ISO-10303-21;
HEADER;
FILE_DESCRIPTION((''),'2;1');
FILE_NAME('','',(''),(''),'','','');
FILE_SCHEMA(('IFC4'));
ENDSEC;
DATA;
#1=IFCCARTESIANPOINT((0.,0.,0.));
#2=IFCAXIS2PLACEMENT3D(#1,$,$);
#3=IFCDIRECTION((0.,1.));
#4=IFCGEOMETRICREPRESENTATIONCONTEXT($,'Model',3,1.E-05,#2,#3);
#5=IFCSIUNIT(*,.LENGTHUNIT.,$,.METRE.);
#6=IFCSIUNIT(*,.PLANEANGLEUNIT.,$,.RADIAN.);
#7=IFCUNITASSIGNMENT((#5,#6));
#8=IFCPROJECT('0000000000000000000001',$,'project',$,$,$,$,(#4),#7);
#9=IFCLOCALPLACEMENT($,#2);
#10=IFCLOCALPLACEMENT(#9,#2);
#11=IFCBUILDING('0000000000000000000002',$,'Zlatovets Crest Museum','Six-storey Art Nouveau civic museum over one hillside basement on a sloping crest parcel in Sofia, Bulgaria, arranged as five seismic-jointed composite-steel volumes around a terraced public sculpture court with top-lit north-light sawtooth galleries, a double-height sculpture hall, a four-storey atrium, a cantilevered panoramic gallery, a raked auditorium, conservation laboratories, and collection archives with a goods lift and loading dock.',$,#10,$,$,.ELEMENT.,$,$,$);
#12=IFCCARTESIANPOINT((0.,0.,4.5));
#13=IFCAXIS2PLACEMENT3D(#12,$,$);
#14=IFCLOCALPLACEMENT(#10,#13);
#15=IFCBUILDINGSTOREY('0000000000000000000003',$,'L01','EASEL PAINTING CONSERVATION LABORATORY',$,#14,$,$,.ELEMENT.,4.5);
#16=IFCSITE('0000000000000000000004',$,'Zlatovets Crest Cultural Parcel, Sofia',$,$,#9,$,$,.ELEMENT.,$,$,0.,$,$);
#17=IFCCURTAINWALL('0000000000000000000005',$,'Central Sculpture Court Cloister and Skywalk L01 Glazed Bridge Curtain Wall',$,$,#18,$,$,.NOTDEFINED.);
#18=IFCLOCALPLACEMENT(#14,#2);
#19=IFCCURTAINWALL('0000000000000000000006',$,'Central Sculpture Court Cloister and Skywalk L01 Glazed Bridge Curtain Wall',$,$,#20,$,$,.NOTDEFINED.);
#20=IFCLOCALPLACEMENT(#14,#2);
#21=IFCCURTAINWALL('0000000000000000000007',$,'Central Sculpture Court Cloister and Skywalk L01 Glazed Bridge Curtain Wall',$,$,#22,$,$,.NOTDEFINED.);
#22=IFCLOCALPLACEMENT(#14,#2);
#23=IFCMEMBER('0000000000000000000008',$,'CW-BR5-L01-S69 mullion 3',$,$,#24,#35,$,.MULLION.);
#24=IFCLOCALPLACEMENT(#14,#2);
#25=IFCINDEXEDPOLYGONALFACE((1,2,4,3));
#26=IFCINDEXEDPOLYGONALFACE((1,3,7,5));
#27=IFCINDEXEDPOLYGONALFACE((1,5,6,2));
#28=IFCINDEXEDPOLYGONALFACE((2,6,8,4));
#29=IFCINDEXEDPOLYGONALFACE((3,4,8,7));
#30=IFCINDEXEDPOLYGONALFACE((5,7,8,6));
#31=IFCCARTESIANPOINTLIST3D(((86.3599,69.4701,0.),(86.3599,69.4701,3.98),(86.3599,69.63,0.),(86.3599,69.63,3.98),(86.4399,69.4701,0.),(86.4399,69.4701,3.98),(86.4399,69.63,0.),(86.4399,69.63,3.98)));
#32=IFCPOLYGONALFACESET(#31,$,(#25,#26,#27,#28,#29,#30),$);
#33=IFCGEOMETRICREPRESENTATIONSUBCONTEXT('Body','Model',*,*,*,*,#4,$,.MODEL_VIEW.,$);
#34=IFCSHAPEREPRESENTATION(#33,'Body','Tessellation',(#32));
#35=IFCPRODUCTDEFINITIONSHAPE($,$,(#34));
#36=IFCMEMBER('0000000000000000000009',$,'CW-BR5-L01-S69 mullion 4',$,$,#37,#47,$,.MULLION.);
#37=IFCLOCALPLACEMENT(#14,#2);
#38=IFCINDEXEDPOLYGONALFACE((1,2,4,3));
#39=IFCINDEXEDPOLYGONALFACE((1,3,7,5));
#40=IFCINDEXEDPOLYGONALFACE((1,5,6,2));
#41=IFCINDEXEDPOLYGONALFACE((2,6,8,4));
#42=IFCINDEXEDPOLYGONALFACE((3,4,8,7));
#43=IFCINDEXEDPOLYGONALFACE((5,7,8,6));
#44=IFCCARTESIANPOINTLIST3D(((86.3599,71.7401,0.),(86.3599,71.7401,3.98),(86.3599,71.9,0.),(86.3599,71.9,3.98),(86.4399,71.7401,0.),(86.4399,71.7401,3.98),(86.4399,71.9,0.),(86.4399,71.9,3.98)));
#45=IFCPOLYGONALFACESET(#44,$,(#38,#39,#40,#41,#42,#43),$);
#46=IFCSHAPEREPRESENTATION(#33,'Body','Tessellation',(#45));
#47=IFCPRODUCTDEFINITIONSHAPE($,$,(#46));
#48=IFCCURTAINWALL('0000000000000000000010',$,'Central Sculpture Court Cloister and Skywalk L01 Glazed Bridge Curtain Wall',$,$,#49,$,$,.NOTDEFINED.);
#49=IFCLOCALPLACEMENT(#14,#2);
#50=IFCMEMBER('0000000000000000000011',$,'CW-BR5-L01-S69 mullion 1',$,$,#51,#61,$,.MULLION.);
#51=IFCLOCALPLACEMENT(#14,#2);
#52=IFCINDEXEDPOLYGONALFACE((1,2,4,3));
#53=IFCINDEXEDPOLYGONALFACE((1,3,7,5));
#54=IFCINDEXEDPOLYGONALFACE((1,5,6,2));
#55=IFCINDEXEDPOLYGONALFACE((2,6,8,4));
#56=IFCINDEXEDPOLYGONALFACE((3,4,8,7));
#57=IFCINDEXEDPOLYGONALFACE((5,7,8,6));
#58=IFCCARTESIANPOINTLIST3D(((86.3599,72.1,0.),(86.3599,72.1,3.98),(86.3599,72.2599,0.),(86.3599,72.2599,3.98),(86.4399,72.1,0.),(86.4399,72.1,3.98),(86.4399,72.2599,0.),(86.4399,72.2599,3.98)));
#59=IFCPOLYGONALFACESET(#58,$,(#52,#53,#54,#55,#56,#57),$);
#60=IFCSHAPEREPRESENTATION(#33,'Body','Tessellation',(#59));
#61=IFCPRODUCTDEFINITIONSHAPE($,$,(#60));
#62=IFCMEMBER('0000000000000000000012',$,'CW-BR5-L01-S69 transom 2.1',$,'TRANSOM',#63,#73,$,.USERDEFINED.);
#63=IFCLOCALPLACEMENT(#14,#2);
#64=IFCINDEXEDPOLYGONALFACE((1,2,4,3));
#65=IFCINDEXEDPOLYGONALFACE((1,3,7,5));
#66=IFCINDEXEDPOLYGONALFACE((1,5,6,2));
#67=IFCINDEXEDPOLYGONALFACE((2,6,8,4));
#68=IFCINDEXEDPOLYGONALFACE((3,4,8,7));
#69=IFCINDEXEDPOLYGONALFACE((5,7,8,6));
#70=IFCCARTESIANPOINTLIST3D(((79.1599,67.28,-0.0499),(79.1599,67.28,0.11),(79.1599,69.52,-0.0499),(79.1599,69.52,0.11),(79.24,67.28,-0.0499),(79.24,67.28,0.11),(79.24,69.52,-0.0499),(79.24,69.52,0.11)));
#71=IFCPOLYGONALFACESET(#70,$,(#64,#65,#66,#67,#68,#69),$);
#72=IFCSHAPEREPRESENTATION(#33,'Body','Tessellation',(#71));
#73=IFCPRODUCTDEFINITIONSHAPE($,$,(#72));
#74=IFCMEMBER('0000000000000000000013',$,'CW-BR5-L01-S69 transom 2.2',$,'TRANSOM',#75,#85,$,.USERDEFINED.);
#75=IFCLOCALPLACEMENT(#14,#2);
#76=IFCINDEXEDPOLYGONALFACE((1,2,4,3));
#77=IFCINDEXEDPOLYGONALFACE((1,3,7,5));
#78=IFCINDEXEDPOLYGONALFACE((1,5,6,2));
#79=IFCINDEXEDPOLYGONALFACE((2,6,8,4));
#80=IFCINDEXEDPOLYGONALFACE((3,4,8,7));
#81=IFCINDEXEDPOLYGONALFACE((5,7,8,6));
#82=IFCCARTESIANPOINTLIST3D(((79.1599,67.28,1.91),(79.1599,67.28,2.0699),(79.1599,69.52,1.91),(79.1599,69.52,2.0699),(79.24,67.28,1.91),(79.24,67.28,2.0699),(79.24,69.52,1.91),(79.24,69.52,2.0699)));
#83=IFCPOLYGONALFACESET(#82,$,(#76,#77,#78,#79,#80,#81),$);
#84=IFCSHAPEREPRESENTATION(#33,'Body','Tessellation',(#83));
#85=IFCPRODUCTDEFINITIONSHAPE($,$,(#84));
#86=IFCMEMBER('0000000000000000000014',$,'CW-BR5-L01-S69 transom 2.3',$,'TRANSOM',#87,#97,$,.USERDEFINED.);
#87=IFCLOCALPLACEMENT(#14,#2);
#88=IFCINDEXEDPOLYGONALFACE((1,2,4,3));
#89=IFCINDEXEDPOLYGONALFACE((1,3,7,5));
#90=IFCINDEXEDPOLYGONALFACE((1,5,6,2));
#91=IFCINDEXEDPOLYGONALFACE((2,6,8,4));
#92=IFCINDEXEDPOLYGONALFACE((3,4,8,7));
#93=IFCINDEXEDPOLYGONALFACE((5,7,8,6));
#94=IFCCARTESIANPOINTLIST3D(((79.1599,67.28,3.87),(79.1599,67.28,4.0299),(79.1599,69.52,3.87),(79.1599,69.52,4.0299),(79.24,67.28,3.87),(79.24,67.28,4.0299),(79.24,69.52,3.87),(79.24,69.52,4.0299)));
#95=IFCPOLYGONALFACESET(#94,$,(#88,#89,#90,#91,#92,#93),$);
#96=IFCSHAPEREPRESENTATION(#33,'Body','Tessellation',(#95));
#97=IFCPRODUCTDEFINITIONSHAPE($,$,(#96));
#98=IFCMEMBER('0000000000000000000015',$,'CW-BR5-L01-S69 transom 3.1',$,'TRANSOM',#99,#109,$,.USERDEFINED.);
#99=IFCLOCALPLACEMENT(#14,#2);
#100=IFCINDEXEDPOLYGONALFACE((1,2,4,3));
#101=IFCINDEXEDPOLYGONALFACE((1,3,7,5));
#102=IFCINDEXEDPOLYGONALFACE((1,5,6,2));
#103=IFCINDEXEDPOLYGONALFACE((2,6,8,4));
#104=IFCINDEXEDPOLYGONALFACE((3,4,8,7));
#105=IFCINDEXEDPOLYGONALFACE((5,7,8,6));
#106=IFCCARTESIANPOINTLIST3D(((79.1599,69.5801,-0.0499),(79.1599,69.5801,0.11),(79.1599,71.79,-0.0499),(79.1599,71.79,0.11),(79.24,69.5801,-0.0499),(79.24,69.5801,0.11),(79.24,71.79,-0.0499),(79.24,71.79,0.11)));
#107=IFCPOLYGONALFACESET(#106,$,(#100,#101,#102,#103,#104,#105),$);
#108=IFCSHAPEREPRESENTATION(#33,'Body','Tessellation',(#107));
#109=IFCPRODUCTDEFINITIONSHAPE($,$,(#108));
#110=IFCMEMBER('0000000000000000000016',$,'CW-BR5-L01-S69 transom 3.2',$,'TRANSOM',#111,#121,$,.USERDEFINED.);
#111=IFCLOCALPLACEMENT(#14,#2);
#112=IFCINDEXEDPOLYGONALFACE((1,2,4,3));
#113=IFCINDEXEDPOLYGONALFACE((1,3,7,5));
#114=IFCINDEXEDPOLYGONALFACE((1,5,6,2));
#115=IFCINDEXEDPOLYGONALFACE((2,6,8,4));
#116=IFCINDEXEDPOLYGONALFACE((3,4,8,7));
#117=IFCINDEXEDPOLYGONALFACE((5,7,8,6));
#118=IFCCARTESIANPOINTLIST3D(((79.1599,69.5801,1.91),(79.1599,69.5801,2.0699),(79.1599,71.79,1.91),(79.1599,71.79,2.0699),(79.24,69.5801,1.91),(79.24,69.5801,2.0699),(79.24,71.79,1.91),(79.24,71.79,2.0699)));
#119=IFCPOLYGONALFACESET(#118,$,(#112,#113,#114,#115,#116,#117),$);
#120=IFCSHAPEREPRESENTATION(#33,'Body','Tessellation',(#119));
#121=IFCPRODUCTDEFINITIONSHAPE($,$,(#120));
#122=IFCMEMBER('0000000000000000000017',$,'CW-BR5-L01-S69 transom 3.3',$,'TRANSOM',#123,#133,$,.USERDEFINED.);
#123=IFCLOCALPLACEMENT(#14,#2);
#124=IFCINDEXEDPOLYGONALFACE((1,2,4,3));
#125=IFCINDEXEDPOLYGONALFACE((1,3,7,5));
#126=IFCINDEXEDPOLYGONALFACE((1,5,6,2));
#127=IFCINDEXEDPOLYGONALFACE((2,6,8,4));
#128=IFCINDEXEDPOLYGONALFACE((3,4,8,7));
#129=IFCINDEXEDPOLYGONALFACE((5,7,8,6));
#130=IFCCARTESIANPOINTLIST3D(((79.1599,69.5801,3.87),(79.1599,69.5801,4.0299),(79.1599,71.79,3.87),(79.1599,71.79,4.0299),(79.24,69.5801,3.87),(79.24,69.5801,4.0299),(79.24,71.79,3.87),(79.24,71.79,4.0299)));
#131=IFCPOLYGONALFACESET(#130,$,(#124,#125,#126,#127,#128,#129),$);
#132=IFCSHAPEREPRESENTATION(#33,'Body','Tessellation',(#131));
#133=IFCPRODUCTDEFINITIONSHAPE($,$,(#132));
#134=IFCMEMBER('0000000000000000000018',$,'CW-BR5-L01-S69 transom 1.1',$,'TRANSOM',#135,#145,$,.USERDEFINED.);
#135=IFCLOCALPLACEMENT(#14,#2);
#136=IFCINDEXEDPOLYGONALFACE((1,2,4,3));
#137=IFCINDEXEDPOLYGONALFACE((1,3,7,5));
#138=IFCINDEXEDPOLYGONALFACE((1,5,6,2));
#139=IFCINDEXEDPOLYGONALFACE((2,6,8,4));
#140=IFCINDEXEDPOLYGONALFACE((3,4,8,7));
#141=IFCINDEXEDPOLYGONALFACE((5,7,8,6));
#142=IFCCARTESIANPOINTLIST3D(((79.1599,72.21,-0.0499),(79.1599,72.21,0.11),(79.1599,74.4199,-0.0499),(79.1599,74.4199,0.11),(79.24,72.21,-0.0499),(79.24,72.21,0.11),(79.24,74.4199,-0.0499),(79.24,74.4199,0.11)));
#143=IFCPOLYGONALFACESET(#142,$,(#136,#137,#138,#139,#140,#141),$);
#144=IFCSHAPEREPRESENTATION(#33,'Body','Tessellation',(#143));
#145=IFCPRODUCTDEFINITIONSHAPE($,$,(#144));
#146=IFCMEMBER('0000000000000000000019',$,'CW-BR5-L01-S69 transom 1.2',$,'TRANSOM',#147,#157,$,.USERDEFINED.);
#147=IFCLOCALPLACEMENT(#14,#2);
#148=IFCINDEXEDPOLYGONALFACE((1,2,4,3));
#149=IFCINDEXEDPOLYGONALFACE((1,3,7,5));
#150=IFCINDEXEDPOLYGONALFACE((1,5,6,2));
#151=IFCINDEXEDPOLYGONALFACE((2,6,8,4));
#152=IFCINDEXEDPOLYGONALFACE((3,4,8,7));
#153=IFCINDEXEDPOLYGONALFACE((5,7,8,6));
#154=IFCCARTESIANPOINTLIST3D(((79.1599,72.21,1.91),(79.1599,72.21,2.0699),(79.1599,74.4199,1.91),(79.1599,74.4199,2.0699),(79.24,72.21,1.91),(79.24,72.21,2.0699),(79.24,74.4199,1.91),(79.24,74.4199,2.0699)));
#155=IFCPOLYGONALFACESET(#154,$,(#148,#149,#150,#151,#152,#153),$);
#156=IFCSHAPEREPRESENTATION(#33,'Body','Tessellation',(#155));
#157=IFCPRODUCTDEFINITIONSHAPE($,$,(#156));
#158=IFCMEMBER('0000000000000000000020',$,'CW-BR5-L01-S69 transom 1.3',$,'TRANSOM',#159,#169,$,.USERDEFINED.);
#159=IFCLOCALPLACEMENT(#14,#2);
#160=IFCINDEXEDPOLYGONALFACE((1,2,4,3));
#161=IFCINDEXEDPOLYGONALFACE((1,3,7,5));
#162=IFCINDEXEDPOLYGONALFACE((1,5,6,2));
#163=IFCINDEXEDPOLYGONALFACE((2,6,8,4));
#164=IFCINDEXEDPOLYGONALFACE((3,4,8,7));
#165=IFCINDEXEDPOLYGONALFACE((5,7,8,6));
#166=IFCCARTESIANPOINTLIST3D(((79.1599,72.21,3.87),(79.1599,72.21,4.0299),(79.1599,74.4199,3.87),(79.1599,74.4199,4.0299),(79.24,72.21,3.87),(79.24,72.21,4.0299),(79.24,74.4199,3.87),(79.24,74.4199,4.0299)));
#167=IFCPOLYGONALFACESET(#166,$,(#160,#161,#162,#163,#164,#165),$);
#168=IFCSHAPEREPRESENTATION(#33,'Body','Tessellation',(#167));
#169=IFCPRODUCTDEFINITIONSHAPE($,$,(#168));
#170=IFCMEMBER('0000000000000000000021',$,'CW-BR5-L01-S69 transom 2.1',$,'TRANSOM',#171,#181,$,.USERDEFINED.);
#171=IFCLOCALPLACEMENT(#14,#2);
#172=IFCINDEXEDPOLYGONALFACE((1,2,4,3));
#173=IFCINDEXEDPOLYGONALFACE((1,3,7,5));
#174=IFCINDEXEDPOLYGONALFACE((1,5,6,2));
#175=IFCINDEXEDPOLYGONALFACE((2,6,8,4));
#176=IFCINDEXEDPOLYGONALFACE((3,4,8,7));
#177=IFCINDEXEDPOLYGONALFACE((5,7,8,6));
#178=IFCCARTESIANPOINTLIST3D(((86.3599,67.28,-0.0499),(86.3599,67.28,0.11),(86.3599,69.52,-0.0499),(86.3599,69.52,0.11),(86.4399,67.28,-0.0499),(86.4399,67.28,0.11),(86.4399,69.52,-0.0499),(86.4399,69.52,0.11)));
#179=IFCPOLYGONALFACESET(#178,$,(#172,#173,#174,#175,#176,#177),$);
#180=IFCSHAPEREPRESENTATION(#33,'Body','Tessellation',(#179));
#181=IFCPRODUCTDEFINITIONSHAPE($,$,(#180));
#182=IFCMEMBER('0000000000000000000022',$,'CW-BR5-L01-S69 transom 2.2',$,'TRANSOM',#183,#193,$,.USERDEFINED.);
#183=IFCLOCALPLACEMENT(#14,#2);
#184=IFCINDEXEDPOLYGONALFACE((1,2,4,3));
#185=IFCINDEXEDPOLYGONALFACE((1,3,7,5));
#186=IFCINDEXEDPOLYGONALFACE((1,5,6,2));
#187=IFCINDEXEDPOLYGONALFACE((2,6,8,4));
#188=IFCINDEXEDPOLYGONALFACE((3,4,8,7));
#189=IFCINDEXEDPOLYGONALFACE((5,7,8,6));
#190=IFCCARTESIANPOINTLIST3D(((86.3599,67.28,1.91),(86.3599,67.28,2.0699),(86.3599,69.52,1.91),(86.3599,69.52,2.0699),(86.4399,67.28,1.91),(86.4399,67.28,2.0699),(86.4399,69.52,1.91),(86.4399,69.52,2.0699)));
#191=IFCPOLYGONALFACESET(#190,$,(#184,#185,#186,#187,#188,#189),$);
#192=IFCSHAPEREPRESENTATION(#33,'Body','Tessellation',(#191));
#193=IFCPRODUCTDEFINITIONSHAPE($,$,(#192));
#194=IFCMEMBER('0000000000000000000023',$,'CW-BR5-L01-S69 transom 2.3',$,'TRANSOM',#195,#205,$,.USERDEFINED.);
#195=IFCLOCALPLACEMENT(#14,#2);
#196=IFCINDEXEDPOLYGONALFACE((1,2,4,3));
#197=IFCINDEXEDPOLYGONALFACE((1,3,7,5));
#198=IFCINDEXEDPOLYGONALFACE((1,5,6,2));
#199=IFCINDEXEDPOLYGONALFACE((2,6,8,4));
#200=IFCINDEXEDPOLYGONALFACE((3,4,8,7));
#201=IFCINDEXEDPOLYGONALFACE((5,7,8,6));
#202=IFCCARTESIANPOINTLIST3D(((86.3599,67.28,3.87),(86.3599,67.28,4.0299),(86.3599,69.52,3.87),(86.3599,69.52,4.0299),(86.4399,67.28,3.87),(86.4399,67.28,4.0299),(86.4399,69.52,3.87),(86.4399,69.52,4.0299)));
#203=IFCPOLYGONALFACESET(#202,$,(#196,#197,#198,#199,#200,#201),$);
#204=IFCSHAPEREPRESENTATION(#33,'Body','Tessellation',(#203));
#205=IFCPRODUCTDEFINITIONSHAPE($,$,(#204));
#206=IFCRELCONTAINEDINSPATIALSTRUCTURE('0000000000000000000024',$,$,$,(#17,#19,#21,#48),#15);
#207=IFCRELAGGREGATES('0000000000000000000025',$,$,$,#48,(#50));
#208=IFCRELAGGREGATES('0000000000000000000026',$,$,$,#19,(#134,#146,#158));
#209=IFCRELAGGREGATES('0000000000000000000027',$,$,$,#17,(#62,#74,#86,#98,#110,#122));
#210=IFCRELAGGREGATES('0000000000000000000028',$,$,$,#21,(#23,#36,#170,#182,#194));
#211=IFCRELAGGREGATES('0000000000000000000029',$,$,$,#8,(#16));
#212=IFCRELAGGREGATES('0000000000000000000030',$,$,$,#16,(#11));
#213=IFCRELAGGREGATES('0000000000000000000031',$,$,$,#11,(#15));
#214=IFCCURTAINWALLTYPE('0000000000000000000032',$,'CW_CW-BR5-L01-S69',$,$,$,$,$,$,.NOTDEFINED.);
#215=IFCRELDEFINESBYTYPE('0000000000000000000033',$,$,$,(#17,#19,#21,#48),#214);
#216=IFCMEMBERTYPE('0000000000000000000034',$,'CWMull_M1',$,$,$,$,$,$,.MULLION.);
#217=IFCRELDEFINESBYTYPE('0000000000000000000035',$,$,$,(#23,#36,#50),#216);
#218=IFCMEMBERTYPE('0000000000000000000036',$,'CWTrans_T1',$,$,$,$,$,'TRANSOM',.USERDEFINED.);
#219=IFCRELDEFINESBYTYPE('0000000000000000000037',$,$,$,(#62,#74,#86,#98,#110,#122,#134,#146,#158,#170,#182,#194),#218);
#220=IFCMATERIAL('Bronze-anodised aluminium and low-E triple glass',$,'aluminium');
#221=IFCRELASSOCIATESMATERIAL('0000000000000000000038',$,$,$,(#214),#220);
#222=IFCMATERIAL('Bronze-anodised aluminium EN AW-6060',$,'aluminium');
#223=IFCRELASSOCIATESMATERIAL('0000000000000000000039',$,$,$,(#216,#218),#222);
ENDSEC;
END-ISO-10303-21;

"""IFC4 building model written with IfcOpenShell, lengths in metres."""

from ifc_helpers import new_model, si_unit, direction, frame, origin, origin_2d, place, context, subcontext, project, spatial, rectangle, extrude, material, material_profile, profile_set, type_object, element, aggregate, save


model = new_model("IFC4")

# Units and contexts
model_context = context("Model", 3, precision=1e-05, world=origin(), true_north=direction((0.0, 1.0)))
body_context = subcontext(model_context, "Body", "Model", "MODEL_VIEW")
ifc_project = project(units=[si_unit("LENGTHUNIT", "METRE"), si_unit("PLANEANGLEUNIT", "RADIAN")], contexts=[model_context])

# Site, building, storey
site_placement = place(None, origin())
site = spatial("IfcSite", under=ifc_project, at=site_placement, Name="Zlatovets Crest Cultural Parcel, Sofia", CompositionType="ELEMENT", RefElevation=0.0)
building_placement = place(site_placement, origin())
building = spatial("IfcBuilding", under=site, at=building_placement, Name="Zlatovets Crest Museum", Description="Six-storey Art Nouveau civic museum over one hillside basement on a sloping crest parcel in Sofia, Bulgaria, arranged as five seismic-jointed composite-steel volumes around a terraced public sculpture court with top-lit north-light sawtooth galleries, a double-height sculpture hall, a four-storey atrium, a cantilevered panoramic gallery, a raked auditorium, conservation laboratories, and collection archives with a goods lift and loading dock.", CompositionType="ELEMENT")
storey_placement = place(building_placement, frame((0.0, 0.0, 4.5)))
storey = spatial("IfcBuildingStorey", under=building, at=storey_placement, Name="L01", Description="EASEL PAINTING CONSERVATION LABORATORY", CompositionType="ELEMENT", Elevation=4.5)

# Curtain wall
ifc_material_1 = material(Name="Bronze-anodised aluminium and low-E triple glass", Category="aluminium")
curtain_wall_type = type_object("IfcCurtainWallType", Name="CW_CW-BR5-L01-S69", PredefinedType="NOTDEFINED", material=ifc_material_1)
curtain_wall_1_placement = place(storey_placement, origin())
curtain_wall_1 = element("IfcCurtainWall", 1, at=curtain_wall_1_placement, inside=storey, type_object=curtain_wall_type, Name="Central Sculpture Court Cloister and Skywalk L01 Glazed Bridge Curtain Wall", PredefinedType="NOTDEFINED")
ifc_material_2 = material(Name="Bronze-anodised aluminium EN AW-6060", Category="aluminium")
ifc_material_profile_1 = material_profile(ifc_material_2, rectangle(XDim=0.0801, YDim=0.1599, at=origin_2d()), Name="ALU 80x160")
ifc_profile_set_1 = profile_set([ifc_material_profile_1], Name="Bronze-anodised aluminium EN AW-6060")
member_type_1 = type_object("IfcMemberType", Name="CWMull_M1", PredefinedType="MULLION", material=ifc_profile_set_1)

# Curtain wall
curtain_wall_2_placement = place(storey_placement, origin())
curtain_wall_2 = element("IfcCurtainWall", 2, at=curtain_wall_2_placement, inside=storey, type_object=curtain_wall_type, Name="Central Sculpture Court Cloister and Skywalk L01 Glazed Bridge Curtain Wall", PredefinedType="NOTDEFINED")

# Curtain wall, members
curtain_wall_3_placement = place(storey_placement, origin())
curtain_wall_3 = element("IfcCurtainWall", 3, at=curtain_wall_3_placement, inside=storey, type_object=curtain_wall_type, Name="Central Sculpture Court Cloister and Skywalk L01 Glazed Bridge Curtain Wall", PredefinedType="NOTDEFINED")
member_1_placement = place(storey_placement, frame((86.3999, 69.55, 0.0), z_axis=(0.0, 0.0, 1.0), x_axis=(-1.0, 0.0, 0.0)))
member_1 = element("IfcMember", 4, at=member_1_placement, type_object=member_type_1, Name="CW-BR5-L01-S69 mullion 3", PredefinedType="MULLION", context=body_context, shape_type="SweptSolid", body=[
    extrude(rectangle(XDim=0.0801, YDim=0.1599, at=origin_2d()), origin(), (0.0, 0.0, 1.0), 3.98),
])
member_2_placement = place(storey_placement, frame((86.3999, 71.8201, 0.0), z_axis=(0.0, 0.0, 1.0), x_axis=(-1.0, 0.0, 0.0)))
member_2 = element("IfcMember", 5, at=member_2_placement, type_object=member_type_1, Name="CW-BR5-L01-S69 mullion 4", PredefinedType="MULLION", context=body_context, shape_type="SweptSolid", body=[
    extrude(rectangle(XDim=0.0801, YDim=0.1599, at=origin_2d()), origin(), (0.0, 0.0, 1.0), 3.98),
])

# Curtain wall, member
curtain_wall_4_placement = place(storey_placement, origin())
curtain_wall_4 = element("IfcCurtainWall", 6, at=curtain_wall_4_placement, inside=storey, type_object=curtain_wall_type, Name="Central Sculpture Court Cloister and Skywalk L01 Glazed Bridge Curtain Wall", PredefinedType="NOTDEFINED")
member_3_placement = place(storey_placement, frame((86.3999, 72.1799, 0.0), z_axis=(0.0, 0.0, 1.0), x_axis=(-1.0, 0.0, 0.0)))
member_3 = element("IfcMember", 7, at=member_3_placement, type_object=member_type_1, Name="CW-BR5-L01-S69 mullion 1", PredefinedType="MULLION", context=body_context, shape_type="SweptSolid", body=[
    extrude(rectangle(XDim=0.0801, YDim=0.1599, at=origin_2d()), origin(), (0.0, 0.0, 1.0), 3.98),
])
aggregate(curtain_wall_4, [member_3])

# Members
ifc_material_profile_2 = material_profile(ifc_material_2, rectangle(XDim=0.0801, YDim=0.1599, at=origin_2d()), Name="ALU 80x160")
ifc_profile_set_2 = profile_set([ifc_material_profile_2], Name="Bronze-anodised aluminium EN AW-6060")
member_type_2 = type_object("IfcMemberType", Name="CWTrans_T1", ElementType="TRANSOM", PredefinedType="USERDEFINED", material=ifc_profile_set_2)
member_4_placement = place(storey_placement, frame((79.2, 67.28, 0.03), z_axis=(0.0, 1.0, 0.0), x_axis=(-1.0, 0.0, 0.0)))
member_4 = element("IfcMember", 8, at=member_4_placement, type_object=member_type_2, Name="CW-BR5-L01-S69 transom 2.1", ObjectType="TRANSOM", PredefinedType="USERDEFINED", context=body_context, shape_type="SweptSolid", body=[
    extrude(rectangle(XDim=0.0801, YDim=0.1599, at=origin_2d()), origin(), (0.0, 0.0, 1.0), 2.24),
])
member_5_placement = place(storey_placement, frame((79.2, 67.28, 1.99), z_axis=(0.0, 1.0, 0.0), x_axis=(-1.0, 0.0, 0.0)))
member_5 = element("IfcMember", 9, at=member_5_placement, type_object=member_type_2, Name="CW-BR5-L01-S69 transom 2.2", ObjectType="TRANSOM", PredefinedType="USERDEFINED", context=body_context, shape_type="SweptSolid", body=[
    extrude(rectangle(XDim=0.0801, YDim=0.1599, at=origin_2d()), origin(), (0.0, 0.0, 1.0), 2.24),
])
member_6_placement = place(storey_placement, frame((79.2, 67.28, 3.95), z_axis=(0.0, 1.0, 0.0), x_axis=(-1.0, 0.0, 0.0)))
member_6 = element("IfcMember", 10, at=member_6_placement, type_object=member_type_2, Name="CW-BR5-L01-S69 transom 2.3", ObjectType="TRANSOM", PredefinedType="USERDEFINED", context=body_context, shape_type="SweptSolid", body=[
    extrude(rectangle(XDim=0.0801, YDim=0.1599, at=origin_2d()), origin(), (0.0, 0.0, 1.0), 2.24),
])
member_7_placement = place(storey_placement, frame((79.2, 69.5801, 0.03), z_axis=(0.0, 1.0, 0.0), x_axis=(-1.0, 0.0, 0.0)))
member_7 = element("IfcMember", 11, at=member_7_placement, type_object=member_type_2, Name="CW-BR5-L01-S69 transom 3.1", ObjectType="TRANSOM", PredefinedType="USERDEFINED", context=body_context, shape_type="SweptSolid", body=[
    extrude(rectangle(XDim=0.0801, YDim=0.1599, at=origin_2d()), origin(), (0.0, 0.0, 1.0), 2.21),
])
member_8_placement = place(storey_placement, frame((79.2, 69.5801, 1.99), z_axis=(0.0, 1.0, 0.0), x_axis=(-1.0, 0.0, 0.0)))
member_8 = element("IfcMember", 12, at=member_8_placement, type_object=member_type_2, Name="CW-BR5-L01-S69 transom 3.2", ObjectType="TRANSOM", PredefinedType="USERDEFINED", context=body_context, shape_type="SweptSolid", body=[
    extrude(rectangle(XDim=0.0801, YDim=0.1599, at=origin_2d()), origin(), (0.0, 0.0, 1.0), 2.21),
])
member_9_placement = place(storey_placement, frame((79.2, 69.5801, 3.95), z_axis=(0.0, 1.0, 0.0), x_axis=(-1.0, 0.0, 0.0)))
member_9 = element("IfcMember", 13, at=member_9_placement, type_object=member_type_2, Name="CW-BR5-L01-S69 transom 3.3", ObjectType="TRANSOM", PredefinedType="USERDEFINED", context=body_context, shape_type="SweptSolid", body=[
    extrude(rectangle(XDim=0.0801, YDim=0.1599, at=origin_2d()), origin(), (0.0, 0.0, 1.0), 2.21),
])
member_10_placement = place(storey_placement, frame((79.2, 72.21, 0.03), z_axis=(0.0, 1.0, 0.0), x_axis=(-1.0, 0.0, 0.0)))
member_10 = element("IfcMember", 14, at=member_10_placement, type_object=member_type_2, Name="CW-BR5-L01-S69 transom 1.1", ObjectType="TRANSOM", PredefinedType="USERDEFINED", context=body_context, shape_type="SweptSolid", body=[
    extrude(rectangle(XDim=0.0801, YDim=0.1599, at=origin_2d()), origin(), (0.0, 0.0, 1.0), 2.21),
])
member_11_placement = place(storey_placement, frame((79.2, 72.21, 1.99), z_axis=(0.0, 1.0, 0.0), x_axis=(-1.0, 0.0, 0.0)))
member_11 = element("IfcMember", 15, at=member_11_placement, type_object=member_type_2, Name="CW-BR5-L01-S69 transom 1.2", ObjectType="TRANSOM", PredefinedType="USERDEFINED", context=body_context, shape_type="SweptSolid", body=[
    extrude(rectangle(XDim=0.0801, YDim=0.1599, at=origin_2d()), origin(), (0.0, 0.0, 1.0), 2.21),
])
member_12_placement = place(storey_placement, frame((79.2, 72.21, 3.95), z_axis=(0.0, 1.0, 0.0), x_axis=(-1.0, 0.0, 0.0)))
member_12 = element("IfcMember", 16, at=member_12_placement, type_object=member_type_2, Name="CW-BR5-L01-S69 transom 1.3", ObjectType="TRANSOM", PredefinedType="USERDEFINED", context=body_context, shape_type="SweptSolid", body=[
    extrude(rectangle(XDim=0.0801, YDim=0.1599, at=origin_2d()), origin(), (0.0, 0.0, 1.0), 2.21),
])
aggregate(curtain_wall_2, [member_10, member_11, member_12])
member_13_placement = place(storey_placement, frame((86.3999, 67.28, 0.03), z_axis=(0.0, 1.0, 0.0), x_axis=(-1.0, 0.0, 0.0)))
member_13 = element("IfcMember", 17, at=member_13_placement, type_object=member_type_2, Name="CW-BR5-L01-S69 transom 2.1", ObjectType="TRANSOM", PredefinedType="USERDEFINED", context=body_context, shape_type="SweptSolid", body=[
    extrude(rectangle(XDim=0.0801, YDim=0.1599, at=origin_2d()), origin(), (0.0, 0.0, 1.0), 2.24),
])
member_14_placement = place(storey_placement, frame((86.3999, 67.28, 1.99), z_axis=(0.0, 1.0, 0.0), x_axis=(-1.0, 0.0, 0.0)))
member_14 = element("IfcMember", 18, at=member_14_placement, type_object=member_type_2, Name="CW-BR5-L01-S69 transom 2.2", ObjectType="TRANSOM", PredefinedType="USERDEFINED", context=body_context, shape_type="SweptSolid", body=[
    extrude(rectangle(XDim=0.0801, YDim=0.1599, at=origin_2d()), origin(), (0.0, 0.0, 1.0), 2.24),
])
member_15_placement = place(storey_placement, frame((86.3999, 67.28, 3.95), z_axis=(0.0, 1.0, 0.0), x_axis=(-1.0, 0.0, 0.0)))
member_15 = element("IfcMember", 19, at=member_15_placement, type_object=member_type_2, Name="CW-BR5-L01-S69 transom 2.3", ObjectType="TRANSOM", PredefinedType="USERDEFINED", context=body_context, shape_type="SweptSolid", body=[
    extrude(rectangle(XDim=0.0801, YDim=0.1599, at=origin_2d()), origin(), (0.0, 0.0, 1.0), 2.24),
])

aggregate(curtain_wall_1, [member_4, member_5, member_6, member_7, member_8, member_9])
aggregate(curtain_wall_3, [member_1, member_2, member_13, member_14, member_15])

save(model, "model.ifc")
